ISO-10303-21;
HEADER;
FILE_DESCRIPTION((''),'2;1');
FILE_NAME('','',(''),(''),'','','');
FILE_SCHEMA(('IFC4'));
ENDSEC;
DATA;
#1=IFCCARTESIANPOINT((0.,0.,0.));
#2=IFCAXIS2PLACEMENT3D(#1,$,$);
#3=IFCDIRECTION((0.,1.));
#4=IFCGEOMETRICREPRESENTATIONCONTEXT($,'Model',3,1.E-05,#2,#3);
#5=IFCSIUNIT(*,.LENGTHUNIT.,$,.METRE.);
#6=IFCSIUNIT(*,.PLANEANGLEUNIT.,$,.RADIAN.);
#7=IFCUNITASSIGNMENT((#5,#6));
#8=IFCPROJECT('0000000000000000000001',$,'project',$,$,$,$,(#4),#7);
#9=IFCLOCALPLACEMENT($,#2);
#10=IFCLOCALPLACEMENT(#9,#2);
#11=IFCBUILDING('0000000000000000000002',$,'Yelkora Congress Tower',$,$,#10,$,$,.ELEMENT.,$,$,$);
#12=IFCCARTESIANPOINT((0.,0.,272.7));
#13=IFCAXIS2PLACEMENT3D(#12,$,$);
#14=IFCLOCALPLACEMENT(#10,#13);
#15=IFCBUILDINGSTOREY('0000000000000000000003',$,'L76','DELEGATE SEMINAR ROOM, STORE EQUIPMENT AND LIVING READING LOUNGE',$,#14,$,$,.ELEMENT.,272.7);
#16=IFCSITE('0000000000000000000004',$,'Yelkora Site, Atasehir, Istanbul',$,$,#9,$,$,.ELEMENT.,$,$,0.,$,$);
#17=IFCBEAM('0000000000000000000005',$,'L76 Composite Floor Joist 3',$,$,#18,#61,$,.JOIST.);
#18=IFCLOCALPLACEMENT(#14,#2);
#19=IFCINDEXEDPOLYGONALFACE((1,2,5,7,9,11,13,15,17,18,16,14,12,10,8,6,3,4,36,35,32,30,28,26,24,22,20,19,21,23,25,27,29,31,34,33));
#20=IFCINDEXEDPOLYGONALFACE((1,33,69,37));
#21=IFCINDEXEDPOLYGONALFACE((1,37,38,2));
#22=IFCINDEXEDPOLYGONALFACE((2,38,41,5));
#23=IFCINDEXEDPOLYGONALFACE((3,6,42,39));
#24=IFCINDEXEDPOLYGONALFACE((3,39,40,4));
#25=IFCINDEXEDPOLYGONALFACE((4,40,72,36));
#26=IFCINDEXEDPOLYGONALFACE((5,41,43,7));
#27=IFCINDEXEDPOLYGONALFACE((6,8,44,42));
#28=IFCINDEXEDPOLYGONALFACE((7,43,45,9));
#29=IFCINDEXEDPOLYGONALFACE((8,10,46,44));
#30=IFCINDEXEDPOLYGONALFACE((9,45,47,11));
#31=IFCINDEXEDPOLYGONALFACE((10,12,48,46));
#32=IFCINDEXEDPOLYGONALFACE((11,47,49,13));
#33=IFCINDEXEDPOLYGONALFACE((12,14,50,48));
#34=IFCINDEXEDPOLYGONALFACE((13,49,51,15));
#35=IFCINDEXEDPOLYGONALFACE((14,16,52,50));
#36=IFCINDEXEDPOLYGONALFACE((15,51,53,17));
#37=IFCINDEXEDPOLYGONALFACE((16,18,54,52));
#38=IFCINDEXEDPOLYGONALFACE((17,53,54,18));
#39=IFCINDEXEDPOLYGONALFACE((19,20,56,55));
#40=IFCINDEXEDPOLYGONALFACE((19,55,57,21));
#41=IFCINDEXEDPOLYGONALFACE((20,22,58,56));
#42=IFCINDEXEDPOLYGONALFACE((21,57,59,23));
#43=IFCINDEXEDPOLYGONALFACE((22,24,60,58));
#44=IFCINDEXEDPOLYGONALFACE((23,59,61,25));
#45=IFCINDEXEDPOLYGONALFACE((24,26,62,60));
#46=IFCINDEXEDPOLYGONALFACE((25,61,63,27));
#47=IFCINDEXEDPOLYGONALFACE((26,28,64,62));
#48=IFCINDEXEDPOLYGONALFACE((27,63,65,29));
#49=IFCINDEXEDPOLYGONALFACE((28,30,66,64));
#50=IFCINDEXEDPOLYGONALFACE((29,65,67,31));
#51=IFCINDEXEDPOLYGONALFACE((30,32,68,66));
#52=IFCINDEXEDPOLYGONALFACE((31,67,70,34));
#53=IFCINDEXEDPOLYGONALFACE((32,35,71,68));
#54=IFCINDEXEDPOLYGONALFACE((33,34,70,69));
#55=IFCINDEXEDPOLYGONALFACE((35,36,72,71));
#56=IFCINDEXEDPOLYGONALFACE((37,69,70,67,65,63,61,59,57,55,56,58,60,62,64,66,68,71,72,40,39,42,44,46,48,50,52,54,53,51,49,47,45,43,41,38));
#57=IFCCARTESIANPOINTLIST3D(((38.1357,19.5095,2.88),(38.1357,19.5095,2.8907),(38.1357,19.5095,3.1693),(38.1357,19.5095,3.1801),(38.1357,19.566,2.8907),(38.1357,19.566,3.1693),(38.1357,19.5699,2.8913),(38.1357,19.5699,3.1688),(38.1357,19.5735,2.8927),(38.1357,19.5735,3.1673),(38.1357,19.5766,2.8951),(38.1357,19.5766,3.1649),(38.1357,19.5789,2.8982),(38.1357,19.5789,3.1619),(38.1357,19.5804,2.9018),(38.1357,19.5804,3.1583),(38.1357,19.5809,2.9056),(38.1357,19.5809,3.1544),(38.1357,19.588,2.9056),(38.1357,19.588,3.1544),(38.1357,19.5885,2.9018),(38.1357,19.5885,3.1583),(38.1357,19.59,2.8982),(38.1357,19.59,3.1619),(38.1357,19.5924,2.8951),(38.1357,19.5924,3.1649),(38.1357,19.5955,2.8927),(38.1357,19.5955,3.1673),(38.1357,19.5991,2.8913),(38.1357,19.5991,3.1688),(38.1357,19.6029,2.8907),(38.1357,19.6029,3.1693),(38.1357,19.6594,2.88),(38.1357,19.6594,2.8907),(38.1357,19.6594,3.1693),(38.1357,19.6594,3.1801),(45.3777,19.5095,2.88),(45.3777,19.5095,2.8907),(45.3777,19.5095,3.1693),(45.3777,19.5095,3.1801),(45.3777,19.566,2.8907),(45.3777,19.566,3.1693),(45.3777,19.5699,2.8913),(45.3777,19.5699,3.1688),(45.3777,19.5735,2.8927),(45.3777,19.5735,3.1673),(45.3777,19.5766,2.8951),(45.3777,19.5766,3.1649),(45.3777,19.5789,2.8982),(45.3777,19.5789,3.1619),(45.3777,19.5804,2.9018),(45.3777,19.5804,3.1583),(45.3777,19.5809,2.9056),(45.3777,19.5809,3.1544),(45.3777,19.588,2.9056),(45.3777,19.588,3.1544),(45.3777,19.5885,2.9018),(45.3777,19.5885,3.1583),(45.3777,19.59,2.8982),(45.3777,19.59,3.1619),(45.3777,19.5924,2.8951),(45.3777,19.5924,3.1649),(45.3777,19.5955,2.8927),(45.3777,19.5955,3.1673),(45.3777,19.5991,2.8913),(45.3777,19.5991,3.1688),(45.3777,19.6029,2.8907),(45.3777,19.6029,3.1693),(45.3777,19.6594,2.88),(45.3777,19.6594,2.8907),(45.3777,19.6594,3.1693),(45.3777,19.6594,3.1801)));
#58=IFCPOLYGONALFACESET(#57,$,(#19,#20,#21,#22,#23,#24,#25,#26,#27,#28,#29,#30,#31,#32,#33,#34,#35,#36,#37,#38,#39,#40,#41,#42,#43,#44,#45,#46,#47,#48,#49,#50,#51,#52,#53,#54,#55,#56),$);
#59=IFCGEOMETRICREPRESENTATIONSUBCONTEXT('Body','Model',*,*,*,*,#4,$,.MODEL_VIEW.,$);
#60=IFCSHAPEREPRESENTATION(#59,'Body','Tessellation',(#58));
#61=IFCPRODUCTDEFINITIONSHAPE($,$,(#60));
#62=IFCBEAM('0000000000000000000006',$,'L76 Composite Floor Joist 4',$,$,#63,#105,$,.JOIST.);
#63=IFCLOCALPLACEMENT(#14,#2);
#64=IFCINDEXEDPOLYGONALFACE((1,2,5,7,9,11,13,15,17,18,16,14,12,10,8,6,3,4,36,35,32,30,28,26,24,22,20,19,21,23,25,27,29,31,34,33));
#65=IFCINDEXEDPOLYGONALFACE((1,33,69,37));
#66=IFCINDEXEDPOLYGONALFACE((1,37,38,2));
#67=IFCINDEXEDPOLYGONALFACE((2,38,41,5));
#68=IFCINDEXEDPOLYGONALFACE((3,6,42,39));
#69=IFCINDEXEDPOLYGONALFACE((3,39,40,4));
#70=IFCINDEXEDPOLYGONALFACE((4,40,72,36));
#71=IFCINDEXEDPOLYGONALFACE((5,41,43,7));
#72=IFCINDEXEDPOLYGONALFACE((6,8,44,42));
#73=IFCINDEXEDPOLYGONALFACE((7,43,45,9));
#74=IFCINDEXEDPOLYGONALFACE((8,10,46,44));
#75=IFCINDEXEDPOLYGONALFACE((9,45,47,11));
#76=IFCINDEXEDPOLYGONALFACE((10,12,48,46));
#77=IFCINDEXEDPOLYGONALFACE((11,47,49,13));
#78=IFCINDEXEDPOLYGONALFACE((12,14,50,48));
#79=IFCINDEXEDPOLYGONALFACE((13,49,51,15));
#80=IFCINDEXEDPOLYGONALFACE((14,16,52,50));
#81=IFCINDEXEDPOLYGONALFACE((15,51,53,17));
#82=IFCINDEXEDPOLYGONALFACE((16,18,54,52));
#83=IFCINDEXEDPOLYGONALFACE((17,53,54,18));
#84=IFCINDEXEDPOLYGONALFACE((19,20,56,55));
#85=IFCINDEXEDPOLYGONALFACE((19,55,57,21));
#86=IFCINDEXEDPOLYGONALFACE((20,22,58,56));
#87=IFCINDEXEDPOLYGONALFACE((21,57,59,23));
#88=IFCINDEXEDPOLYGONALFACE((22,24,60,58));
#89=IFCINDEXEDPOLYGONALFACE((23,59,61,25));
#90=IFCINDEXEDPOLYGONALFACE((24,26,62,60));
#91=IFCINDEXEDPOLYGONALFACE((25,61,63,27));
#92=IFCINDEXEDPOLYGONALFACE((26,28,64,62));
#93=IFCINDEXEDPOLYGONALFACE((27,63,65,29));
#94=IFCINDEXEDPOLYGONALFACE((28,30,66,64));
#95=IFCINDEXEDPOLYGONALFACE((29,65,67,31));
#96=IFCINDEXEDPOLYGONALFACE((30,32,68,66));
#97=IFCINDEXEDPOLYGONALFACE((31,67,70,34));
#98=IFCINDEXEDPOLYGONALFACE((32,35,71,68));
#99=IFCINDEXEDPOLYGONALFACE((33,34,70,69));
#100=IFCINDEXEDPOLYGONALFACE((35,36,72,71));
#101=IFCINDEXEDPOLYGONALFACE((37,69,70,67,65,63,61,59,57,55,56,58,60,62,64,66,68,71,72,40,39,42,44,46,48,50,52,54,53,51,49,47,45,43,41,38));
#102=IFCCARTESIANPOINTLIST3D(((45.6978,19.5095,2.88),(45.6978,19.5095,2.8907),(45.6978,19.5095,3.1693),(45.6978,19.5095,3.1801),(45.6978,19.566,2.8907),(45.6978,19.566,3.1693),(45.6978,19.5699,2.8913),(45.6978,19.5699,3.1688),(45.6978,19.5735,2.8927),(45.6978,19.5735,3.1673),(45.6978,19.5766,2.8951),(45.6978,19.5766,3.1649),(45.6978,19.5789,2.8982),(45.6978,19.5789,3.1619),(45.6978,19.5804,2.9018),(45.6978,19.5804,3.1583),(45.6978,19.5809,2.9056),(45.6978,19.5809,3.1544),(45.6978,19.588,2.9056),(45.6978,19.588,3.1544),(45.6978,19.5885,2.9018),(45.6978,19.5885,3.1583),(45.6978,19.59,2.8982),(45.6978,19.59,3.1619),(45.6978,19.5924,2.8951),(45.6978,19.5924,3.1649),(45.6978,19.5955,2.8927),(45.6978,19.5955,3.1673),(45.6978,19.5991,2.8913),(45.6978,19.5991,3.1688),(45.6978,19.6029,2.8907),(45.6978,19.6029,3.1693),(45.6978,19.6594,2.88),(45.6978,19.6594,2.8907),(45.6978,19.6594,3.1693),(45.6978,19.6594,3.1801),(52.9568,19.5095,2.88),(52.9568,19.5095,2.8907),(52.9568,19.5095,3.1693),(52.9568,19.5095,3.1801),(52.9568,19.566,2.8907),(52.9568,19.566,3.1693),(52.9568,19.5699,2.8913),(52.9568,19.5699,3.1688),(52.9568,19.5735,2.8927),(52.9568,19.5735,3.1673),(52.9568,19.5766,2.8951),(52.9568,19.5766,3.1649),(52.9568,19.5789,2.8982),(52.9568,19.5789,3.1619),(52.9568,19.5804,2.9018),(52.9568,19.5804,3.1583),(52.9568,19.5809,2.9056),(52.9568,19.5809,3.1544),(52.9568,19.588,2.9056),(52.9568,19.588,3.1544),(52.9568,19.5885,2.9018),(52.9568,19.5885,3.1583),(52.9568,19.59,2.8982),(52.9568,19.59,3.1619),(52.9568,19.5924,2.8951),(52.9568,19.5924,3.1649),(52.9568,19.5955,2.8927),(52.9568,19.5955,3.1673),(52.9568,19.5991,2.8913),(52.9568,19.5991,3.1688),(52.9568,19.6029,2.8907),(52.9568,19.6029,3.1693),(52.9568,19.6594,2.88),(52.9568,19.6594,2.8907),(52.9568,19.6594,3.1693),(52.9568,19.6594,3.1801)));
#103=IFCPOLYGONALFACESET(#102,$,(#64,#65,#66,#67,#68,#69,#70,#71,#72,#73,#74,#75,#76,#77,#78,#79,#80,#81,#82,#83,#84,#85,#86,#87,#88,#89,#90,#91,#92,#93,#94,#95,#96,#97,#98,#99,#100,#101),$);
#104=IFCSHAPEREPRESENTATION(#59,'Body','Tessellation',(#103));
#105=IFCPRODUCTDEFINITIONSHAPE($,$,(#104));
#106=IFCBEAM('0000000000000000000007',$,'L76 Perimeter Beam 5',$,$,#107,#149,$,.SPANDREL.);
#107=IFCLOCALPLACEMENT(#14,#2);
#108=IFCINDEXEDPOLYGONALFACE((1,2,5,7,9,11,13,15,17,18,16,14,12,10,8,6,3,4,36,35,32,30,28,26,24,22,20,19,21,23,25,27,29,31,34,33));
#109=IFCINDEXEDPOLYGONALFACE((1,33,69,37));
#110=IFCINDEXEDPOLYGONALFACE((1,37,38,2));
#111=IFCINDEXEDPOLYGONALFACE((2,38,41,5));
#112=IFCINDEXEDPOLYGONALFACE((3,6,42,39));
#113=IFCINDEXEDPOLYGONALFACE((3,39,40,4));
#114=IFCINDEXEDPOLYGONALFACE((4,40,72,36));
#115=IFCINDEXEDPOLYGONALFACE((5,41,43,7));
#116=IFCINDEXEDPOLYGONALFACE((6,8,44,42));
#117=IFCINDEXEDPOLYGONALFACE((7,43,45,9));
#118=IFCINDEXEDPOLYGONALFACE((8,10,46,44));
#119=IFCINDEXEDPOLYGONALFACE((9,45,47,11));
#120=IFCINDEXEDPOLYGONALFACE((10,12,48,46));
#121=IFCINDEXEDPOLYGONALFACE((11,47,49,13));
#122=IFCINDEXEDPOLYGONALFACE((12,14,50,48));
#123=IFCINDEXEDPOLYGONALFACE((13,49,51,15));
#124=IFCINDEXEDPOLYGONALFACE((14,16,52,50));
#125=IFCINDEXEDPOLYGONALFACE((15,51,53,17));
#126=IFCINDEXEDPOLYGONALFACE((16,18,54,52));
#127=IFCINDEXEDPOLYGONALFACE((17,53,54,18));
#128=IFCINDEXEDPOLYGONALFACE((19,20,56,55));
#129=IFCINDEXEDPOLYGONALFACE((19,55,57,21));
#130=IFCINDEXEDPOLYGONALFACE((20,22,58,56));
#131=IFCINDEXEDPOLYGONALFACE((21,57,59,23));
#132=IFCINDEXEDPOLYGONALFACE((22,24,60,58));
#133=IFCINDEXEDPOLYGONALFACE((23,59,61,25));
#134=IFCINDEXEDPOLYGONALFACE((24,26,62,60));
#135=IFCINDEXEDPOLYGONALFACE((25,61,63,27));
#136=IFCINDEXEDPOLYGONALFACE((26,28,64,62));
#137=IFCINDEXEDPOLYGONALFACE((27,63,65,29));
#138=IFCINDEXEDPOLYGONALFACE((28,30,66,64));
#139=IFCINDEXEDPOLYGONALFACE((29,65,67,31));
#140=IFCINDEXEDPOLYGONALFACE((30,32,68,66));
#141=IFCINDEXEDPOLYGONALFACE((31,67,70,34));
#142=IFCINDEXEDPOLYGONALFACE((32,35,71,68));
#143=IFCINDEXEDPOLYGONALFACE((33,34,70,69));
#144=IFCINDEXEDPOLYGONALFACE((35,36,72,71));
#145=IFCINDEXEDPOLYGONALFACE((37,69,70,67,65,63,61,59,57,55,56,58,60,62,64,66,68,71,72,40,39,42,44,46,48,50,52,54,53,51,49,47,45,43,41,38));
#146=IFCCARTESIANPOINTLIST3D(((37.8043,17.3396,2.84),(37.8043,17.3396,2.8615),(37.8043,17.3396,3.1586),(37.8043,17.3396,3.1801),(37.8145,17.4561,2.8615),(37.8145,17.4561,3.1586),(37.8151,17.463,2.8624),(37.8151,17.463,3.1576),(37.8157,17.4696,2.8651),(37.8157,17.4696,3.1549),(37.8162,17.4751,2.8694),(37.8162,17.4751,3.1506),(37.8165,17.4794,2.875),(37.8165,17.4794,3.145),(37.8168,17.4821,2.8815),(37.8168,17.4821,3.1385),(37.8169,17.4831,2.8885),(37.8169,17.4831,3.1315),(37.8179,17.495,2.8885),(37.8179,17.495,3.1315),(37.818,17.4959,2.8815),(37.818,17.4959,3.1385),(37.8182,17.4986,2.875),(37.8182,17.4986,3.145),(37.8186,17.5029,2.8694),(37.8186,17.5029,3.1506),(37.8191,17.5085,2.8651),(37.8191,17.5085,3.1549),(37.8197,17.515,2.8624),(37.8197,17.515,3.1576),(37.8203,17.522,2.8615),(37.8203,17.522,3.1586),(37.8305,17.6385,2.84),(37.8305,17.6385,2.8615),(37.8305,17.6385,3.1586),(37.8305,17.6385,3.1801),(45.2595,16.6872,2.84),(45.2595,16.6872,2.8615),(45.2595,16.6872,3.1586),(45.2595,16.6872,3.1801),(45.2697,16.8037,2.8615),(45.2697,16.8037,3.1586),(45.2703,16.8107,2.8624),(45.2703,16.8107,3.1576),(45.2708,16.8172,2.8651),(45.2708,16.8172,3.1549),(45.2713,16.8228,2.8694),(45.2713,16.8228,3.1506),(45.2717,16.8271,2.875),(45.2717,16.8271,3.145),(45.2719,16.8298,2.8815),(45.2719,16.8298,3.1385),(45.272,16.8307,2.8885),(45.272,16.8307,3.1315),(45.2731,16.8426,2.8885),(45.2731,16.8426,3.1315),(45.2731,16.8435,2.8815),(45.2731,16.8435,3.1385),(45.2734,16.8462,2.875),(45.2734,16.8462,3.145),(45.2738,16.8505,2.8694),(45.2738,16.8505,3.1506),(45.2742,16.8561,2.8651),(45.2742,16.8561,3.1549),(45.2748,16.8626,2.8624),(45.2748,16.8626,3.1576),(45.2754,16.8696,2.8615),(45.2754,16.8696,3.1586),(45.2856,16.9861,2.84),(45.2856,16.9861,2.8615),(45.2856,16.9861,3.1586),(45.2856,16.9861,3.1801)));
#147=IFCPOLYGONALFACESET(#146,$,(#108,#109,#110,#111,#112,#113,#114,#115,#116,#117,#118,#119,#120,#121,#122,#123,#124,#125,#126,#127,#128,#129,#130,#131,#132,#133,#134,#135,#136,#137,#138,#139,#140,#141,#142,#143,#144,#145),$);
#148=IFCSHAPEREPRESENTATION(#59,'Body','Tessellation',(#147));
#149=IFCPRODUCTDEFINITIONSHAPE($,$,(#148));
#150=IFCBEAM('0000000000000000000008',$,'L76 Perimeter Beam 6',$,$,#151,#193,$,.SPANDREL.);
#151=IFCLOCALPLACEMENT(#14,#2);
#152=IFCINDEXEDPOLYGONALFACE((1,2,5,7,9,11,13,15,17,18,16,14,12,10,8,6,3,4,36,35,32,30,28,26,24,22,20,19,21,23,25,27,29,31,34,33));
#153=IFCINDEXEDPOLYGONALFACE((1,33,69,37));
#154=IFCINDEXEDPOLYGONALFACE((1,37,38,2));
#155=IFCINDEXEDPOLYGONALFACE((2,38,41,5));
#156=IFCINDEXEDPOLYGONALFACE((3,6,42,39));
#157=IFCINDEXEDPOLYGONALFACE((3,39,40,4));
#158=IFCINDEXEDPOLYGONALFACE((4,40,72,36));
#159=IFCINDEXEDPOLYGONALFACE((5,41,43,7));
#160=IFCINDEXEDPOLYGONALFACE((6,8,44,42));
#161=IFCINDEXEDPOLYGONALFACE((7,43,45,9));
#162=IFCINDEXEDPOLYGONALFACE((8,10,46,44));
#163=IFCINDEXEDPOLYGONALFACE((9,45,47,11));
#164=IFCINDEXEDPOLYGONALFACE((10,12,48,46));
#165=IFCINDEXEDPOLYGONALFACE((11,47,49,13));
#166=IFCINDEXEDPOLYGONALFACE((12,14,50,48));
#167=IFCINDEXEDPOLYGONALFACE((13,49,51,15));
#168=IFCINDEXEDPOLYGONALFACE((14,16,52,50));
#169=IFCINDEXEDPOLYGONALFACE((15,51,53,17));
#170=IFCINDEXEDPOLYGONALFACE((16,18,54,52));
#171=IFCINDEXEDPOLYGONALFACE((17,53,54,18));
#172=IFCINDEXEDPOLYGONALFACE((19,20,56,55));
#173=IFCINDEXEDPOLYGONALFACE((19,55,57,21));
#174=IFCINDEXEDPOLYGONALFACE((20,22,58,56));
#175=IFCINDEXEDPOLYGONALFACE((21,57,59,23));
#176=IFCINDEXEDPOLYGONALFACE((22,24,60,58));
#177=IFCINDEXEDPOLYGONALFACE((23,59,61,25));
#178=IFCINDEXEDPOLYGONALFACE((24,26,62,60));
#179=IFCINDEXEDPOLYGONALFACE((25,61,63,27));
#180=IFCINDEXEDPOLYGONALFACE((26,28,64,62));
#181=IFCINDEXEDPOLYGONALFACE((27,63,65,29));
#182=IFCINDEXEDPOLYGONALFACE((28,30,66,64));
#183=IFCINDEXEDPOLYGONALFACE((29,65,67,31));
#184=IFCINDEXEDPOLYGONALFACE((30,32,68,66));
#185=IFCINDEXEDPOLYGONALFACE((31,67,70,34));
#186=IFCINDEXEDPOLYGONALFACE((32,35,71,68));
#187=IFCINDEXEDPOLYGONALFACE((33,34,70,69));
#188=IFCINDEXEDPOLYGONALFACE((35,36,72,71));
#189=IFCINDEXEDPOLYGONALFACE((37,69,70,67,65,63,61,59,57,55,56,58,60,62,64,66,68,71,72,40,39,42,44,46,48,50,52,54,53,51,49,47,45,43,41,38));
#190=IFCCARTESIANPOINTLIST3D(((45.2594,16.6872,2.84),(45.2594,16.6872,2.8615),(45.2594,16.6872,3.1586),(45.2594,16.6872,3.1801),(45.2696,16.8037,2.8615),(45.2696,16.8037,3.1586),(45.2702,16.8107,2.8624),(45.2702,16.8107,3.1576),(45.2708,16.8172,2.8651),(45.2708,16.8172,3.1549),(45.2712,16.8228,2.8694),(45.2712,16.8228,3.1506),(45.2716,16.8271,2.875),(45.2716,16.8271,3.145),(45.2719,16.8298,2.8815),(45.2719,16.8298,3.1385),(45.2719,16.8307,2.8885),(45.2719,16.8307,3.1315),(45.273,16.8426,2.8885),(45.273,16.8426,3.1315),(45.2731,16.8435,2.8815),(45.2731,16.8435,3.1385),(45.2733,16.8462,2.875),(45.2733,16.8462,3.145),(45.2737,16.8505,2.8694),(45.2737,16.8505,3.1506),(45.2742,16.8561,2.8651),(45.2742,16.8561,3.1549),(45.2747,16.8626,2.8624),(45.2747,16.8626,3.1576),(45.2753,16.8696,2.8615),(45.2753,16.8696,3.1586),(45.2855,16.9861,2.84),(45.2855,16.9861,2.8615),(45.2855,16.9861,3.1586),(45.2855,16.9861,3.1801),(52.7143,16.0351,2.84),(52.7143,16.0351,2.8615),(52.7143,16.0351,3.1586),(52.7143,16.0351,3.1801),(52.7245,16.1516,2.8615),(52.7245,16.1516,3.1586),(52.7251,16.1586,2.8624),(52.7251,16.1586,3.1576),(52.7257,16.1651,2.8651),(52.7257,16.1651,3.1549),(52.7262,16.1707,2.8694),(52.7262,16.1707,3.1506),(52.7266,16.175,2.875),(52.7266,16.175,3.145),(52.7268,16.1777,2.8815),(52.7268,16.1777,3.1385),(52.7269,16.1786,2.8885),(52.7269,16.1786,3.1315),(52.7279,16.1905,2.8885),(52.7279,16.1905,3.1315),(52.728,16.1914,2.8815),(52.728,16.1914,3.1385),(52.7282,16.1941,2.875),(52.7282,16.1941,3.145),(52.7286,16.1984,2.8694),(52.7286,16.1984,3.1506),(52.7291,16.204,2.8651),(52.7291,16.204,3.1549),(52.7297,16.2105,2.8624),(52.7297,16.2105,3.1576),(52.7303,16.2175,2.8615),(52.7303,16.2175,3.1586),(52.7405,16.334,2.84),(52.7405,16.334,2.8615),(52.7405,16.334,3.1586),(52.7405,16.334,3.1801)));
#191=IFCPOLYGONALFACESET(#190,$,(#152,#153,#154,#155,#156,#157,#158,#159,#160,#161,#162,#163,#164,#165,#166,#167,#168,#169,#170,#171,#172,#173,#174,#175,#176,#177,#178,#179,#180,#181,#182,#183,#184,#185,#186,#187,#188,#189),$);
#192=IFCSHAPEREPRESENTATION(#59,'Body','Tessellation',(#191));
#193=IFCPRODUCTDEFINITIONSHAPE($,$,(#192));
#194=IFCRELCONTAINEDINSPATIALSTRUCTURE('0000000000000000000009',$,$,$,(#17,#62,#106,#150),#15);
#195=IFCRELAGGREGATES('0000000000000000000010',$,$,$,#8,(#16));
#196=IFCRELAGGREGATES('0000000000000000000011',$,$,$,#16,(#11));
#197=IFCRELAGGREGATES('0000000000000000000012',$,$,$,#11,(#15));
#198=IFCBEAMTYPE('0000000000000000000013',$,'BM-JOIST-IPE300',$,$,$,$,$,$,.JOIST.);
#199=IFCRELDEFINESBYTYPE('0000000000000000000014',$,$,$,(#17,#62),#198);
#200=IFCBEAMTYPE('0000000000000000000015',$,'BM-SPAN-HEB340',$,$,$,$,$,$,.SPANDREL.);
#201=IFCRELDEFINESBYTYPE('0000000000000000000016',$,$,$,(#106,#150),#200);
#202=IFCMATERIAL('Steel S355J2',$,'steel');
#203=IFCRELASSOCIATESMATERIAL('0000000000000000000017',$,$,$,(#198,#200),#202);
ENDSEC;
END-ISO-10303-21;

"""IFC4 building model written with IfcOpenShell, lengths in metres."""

from ifc_helpers import new_model, si_unit, direction, frame, origin, origin_2d, place, context, subcontext, project, spatial, i_section, extrude, material, material_profile, profile_set, type_object, element, save


model = new_model("IFC4")

# Units and contexts
model_context = context("Model", 3, precision=1e-05, world=origin(), true_north=direction((0.0, 1.0)))
body_context = subcontext(model_context, "Body", "Model", "MODEL_VIEW")
ifc_project = project(units=[si_unit("LENGTHUNIT", "METRE"), si_unit("PLANEANGLEUNIT", "RADIAN")], contexts=[model_context])

# Site, building, storey
site_placement = place(None, origin())
site = spatial("IfcSite", under=ifc_project, at=site_placement, Name="Yelkora Site, Atasehir, Istanbul", CompositionType="ELEMENT", RefElevation=0.0)
building_placement = place(site_placement, origin())
building = spatial("IfcBuilding", under=site, at=building_placement, Name="Yelkora Congress Tower", CompositionType="ELEMENT")
storey_placement = place(building_placement, frame((0.0, 0.0, 272.7)))
storey = spatial("IfcBuildingStorey", under=building, at=storey_placement, Name="L76", Description="DELEGATE SEMINAR ROOM, STORE EQUIPMENT AND LIVING READING LOUNGE", CompositionType="ELEMENT", Elevation=272.7)

# Shared definitions
ifc_material_1 = material(Name="Steel S355J2", Category="steel")

# Beams
ifc_material_profile_1 = material_profile(ifc_material_1, i_section(OverallWidth=0.1499, OverallDepth=0.3, WebThickness=0.0071, FlangeThickness=0.0107, FilletRadius=0.0149, at=origin_2d()), Name="IPE 300")
ifc_profile_set_1 = profile_set([ifc_material_profile_1], Name="Steel S355J2")
beam_type_1 = type_object("IfcBeamType", Name="BM-JOIST-IPE300", PredefinedType="JOIST", material=ifc_profile_set_1)
beam_1_placement = place(storey_placement, frame((38.1357, 19.5845, 3.03), z_axis=(1.0, 0.0, 0.0), x_axis=(0.0, 1.0, 0.0)))
element("IfcBeam", 1, at=beam_1_placement, inside=storey, type_object=beam_type_1, Name="L76 Composite Floor Joist 3", PredefinedType="JOIST", context=body_context, shape_type="SweptSolid", body=[
    extrude(i_section(OverallWidth=0.1499, OverallDepth=0.3, WebThickness=0.0071, FlangeThickness=0.0107, FilletRadius=0.0149, at=origin_2d()), origin(), (0.0, 0.0, 1.0), 7.2419),
])
beam_2_placement = place(storey_placement, frame((45.6978, 19.5845, 3.03), z_axis=(1.0, 0.0, 0.0), x_axis=(0.0, 1.0, 0.0)))
element("IfcBeam", 2, at=beam_2_placement, inside=storey, type_object=beam_type_1, Name="L76 Composite Floor Joist 4", PredefinedType="JOIST", context=body_context, shape_type="SweptSolid", body=[
    extrude(i_section(OverallWidth=0.1499, OverallDepth=0.3, WebThickness=0.0071, FlangeThickness=0.0107, FilletRadius=0.0149, at=origin_2d()), origin(), (0.0, 0.0, 1.0), 7.259),
])
ifc_material_profile_2 = material_profile(ifc_material_1, i_section(OverallWidth=0.3, OverallDepth=0.3401, WebThickness=0.012, FlangeThickness=0.0215, FilletRadius=0.0271, at=origin_2d()), Name="HEB 340")
ifc_profile_set_2 = profile_set([ifc_material_profile_2], Name="Steel S355J2")
beam_type_2 = type_object("IfcBeamType", Name="BM-SPAN-HEB340", PredefinedType="SPANDREL", material=ifc_profile_set_2)
beam_3_placement = place(storey_placement, frame((37.8174, 17.489, 3.01), z_axis=(0.996193, -0.08717, 0.0), x_axis=(0.08717, 0.996193, 0.0)))
element("IfcBeam", 3, at=beam_3_placement, inside=storey, type_object=beam_type_2, Name="L76 Perimeter Beam 5", PredefinedType="SPANDREL", context=body_context, shape_type="SweptSolid", body=[
    extrude(i_section(OverallWidth=0.3, OverallDepth=0.3401, WebThickness=0.012, FlangeThickness=0.0215, FilletRadius=0.0271, at=origin_2d()), origin(), (0.0, 0.0, 1.0), 7.4836),
])
beam_4_placement = place(storey_placement, frame((45.2725, 16.8367, 3.01), z_axis=(0.996196, -0.087141, 0.0), x_axis=(0.087141, 0.996196, 0.0)))
element("IfcBeam", 4, at=beam_4_placement, inside=storey, type_object=beam_type_2, Name="L76 Perimeter Beam 6", PredefinedType="SPANDREL", context=body_context, shape_type="SweptSolid", body=[
    extrude(i_section(OverallWidth=0.3, OverallDepth=0.3401, WebThickness=0.012, FlangeThickness=0.0215, FilletRadius=0.0271, at=origin_2d()), origin(), (0.0, 0.0, 1.0), 7.4834),
])

save(model, "model.ifc")
